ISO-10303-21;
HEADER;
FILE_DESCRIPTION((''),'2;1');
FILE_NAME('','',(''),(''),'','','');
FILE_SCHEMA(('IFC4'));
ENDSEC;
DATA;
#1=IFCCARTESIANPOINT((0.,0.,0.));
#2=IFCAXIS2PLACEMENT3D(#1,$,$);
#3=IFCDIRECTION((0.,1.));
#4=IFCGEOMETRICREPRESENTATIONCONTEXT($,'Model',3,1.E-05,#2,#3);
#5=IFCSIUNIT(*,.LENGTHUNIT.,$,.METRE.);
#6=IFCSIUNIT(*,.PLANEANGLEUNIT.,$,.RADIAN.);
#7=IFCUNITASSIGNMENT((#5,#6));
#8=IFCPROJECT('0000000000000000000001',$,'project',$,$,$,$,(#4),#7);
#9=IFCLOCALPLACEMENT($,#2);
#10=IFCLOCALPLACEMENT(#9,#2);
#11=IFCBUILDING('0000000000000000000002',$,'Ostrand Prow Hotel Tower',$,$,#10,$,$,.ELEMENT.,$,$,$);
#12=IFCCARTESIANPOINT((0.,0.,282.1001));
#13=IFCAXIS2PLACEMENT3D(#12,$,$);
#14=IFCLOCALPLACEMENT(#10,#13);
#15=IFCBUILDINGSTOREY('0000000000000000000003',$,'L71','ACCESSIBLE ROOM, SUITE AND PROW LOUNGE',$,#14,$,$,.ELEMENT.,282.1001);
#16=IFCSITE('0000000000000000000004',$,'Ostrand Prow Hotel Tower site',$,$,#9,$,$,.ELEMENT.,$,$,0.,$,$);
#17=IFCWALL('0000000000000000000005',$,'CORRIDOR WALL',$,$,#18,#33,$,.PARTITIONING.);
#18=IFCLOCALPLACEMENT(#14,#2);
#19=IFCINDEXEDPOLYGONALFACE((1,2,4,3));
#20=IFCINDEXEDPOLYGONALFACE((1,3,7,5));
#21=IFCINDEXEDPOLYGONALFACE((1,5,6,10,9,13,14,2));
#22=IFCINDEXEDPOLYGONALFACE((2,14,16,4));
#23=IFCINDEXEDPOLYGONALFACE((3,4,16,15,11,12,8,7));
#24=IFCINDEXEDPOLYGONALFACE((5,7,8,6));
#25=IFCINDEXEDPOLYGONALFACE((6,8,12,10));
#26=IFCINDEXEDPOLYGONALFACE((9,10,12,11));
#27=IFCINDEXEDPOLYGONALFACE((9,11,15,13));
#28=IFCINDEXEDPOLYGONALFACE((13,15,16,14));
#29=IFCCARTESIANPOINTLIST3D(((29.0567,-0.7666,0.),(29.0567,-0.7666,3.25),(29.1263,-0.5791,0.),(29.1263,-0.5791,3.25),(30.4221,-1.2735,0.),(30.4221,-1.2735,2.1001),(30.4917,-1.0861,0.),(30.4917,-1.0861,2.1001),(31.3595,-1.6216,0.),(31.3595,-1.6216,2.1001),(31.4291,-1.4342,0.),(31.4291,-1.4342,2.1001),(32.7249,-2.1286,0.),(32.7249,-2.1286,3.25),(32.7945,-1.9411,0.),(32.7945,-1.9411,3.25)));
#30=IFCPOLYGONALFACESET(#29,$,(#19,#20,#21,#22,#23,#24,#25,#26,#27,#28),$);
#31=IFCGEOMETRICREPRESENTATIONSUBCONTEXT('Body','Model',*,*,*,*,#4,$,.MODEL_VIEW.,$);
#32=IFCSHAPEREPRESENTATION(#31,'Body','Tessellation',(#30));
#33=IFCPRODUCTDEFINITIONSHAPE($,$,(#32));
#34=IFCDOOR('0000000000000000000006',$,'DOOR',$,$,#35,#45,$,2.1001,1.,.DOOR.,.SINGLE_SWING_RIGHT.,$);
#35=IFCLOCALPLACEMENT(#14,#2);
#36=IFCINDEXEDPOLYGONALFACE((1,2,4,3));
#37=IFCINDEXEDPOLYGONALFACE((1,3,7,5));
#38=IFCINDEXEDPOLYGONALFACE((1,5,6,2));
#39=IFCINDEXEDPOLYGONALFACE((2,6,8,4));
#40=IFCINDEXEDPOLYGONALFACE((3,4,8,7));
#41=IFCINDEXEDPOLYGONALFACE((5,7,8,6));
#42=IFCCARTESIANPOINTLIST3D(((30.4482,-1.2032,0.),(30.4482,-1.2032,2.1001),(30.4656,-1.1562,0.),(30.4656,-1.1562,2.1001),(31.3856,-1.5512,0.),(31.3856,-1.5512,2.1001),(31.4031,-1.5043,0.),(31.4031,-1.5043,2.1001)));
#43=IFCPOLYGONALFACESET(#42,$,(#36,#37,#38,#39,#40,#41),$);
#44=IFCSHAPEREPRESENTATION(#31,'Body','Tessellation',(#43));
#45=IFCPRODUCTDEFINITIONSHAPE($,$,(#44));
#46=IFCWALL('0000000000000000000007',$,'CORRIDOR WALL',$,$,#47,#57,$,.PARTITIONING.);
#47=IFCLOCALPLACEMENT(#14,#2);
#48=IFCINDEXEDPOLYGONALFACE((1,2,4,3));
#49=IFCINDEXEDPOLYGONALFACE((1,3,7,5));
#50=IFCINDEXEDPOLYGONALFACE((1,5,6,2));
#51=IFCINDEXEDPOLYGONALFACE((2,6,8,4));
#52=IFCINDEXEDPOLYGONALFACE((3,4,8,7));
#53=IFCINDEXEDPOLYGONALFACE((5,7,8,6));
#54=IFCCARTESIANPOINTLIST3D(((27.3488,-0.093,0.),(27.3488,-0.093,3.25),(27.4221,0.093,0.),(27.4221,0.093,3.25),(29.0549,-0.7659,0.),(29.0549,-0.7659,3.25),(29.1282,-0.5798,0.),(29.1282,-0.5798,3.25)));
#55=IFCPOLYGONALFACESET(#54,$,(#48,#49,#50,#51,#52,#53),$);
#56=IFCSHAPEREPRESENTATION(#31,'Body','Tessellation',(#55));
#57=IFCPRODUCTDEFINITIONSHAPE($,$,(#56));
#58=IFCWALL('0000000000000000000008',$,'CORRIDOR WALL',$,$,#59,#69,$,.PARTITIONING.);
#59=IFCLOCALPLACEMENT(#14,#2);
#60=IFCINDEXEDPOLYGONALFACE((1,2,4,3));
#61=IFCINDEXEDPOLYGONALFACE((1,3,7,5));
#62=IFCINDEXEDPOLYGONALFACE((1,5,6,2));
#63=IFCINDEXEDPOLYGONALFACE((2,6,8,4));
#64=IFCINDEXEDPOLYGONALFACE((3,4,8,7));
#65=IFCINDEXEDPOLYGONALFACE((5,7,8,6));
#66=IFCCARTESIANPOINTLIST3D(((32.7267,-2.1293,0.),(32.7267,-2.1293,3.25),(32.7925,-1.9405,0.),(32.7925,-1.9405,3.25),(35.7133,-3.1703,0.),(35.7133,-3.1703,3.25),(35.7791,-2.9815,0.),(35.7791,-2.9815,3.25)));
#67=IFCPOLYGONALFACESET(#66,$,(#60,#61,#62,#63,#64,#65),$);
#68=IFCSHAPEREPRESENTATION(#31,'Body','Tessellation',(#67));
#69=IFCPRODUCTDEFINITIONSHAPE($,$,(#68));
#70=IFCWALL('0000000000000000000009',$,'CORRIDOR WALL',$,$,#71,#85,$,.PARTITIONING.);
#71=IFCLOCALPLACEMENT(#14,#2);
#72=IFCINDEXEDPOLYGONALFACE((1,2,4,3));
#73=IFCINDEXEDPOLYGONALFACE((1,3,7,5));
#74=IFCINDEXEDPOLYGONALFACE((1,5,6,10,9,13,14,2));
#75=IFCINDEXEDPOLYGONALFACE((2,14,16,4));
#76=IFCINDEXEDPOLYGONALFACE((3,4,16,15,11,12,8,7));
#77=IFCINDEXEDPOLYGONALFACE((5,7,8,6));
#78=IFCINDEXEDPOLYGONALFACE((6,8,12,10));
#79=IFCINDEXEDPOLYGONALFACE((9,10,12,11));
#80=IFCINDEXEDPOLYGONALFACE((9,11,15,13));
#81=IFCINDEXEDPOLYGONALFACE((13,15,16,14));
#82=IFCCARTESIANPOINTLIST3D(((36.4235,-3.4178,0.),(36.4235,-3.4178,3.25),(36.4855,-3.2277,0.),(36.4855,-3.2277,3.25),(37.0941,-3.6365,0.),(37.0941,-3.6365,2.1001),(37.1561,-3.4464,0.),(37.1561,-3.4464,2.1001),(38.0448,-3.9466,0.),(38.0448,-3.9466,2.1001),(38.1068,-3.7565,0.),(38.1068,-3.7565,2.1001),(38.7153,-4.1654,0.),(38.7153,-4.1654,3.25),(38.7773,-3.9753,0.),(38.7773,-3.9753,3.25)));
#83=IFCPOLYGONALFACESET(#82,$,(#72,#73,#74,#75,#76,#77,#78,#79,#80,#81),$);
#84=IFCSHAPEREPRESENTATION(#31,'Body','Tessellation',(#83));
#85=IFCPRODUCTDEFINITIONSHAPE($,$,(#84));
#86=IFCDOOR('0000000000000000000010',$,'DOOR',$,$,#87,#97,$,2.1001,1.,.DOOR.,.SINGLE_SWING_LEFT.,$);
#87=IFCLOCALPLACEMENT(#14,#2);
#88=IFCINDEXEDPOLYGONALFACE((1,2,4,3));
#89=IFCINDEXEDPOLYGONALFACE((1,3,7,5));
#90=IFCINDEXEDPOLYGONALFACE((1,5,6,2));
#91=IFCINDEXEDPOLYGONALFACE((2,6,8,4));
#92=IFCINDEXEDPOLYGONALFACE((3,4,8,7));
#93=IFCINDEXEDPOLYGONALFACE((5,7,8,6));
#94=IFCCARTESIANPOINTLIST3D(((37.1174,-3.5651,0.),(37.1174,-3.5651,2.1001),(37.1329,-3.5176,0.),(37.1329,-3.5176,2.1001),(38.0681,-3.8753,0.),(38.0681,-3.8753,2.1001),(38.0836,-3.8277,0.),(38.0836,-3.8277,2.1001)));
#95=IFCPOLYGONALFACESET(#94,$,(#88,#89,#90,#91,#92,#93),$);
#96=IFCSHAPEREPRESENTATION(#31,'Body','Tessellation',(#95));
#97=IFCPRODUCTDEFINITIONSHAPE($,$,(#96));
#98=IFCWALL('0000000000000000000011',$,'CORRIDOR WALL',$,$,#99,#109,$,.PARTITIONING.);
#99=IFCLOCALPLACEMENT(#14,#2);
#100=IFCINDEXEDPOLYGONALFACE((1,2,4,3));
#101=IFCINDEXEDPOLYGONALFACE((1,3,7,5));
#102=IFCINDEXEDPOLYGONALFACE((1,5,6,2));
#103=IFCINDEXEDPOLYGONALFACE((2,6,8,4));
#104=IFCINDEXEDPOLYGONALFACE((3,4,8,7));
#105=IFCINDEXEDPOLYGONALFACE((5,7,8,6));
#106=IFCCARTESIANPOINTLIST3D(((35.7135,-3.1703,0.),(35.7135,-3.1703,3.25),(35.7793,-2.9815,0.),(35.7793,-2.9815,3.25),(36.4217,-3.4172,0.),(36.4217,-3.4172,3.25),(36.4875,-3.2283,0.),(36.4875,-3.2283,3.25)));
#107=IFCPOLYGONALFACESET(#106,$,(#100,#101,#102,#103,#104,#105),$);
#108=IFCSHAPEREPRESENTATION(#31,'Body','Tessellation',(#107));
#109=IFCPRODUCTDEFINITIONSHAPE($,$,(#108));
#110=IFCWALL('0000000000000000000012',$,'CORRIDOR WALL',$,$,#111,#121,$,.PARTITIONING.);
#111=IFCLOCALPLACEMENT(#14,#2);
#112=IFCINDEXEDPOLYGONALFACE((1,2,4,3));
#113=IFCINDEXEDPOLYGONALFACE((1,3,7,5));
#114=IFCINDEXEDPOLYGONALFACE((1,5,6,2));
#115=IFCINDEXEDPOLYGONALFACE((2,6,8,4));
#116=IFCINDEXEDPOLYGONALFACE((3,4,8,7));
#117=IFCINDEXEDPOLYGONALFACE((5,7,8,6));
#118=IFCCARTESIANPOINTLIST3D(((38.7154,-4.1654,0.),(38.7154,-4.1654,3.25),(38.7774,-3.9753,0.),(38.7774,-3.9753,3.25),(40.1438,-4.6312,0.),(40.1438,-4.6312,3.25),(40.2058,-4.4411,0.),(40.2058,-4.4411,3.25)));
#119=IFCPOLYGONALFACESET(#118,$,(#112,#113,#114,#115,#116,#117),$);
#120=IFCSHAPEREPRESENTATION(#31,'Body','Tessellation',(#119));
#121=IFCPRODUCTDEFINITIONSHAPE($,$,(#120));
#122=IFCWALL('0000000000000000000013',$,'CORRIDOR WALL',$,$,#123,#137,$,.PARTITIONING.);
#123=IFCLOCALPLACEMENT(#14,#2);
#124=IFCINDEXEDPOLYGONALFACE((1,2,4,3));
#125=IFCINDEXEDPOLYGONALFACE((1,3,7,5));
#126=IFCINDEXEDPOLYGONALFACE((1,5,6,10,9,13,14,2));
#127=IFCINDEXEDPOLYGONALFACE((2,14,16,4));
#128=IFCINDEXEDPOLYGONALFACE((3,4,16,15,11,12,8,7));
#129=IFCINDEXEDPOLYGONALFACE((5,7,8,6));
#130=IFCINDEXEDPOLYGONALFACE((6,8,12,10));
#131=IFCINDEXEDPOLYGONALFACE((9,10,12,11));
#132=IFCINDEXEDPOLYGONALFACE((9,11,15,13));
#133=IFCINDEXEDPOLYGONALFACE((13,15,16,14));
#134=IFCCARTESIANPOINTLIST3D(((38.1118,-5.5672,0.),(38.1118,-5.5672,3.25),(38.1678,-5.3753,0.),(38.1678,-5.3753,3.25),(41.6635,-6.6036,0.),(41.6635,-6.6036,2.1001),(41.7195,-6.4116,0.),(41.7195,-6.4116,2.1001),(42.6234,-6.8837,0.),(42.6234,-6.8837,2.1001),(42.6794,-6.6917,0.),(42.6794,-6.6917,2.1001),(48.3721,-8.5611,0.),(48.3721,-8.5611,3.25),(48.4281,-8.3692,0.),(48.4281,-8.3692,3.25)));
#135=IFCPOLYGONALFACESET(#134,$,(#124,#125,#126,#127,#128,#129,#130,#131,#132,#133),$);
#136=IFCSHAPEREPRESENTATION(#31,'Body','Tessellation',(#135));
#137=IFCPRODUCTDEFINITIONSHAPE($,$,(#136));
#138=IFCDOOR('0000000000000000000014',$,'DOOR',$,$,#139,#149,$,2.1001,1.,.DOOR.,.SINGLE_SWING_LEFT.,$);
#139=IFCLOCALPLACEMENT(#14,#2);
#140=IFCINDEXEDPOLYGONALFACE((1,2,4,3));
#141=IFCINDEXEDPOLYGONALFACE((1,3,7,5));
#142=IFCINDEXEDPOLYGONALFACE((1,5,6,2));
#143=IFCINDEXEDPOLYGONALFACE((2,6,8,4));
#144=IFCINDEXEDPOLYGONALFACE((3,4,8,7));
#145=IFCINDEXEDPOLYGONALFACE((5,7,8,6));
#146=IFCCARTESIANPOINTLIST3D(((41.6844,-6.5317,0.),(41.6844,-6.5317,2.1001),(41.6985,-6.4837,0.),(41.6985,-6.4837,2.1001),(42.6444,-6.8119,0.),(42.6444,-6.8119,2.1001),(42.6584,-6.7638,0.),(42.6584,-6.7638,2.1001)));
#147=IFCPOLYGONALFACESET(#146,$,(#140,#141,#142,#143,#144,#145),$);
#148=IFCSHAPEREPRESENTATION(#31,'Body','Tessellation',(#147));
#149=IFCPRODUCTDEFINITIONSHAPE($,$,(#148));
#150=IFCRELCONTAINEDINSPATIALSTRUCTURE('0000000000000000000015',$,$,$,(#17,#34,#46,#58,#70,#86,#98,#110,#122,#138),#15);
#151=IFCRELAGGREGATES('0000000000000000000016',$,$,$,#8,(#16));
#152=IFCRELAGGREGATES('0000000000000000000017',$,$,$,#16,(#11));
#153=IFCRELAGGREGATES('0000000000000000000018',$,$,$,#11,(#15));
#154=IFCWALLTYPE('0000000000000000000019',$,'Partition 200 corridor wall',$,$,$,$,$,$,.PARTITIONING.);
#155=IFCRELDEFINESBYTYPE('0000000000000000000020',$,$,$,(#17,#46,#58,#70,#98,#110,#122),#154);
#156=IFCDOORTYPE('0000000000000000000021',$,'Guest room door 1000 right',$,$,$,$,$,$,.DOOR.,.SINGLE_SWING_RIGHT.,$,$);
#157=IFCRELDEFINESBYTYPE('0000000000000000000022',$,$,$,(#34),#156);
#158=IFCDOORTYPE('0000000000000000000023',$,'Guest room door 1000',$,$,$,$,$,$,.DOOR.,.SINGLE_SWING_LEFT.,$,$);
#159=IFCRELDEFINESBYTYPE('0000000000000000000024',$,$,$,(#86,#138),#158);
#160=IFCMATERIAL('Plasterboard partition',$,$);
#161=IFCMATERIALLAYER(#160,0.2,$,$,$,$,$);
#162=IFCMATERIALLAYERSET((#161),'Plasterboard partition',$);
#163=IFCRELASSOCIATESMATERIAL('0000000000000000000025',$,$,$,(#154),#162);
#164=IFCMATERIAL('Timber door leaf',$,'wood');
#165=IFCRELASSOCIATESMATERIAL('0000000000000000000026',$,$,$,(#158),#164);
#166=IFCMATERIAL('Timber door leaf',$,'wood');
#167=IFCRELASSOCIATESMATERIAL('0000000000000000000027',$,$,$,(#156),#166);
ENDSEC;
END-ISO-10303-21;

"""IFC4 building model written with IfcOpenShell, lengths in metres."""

from ifc_helpers import new_model, si_unit, direction, frame, frame_2d, origin, place, context, subcontext, project, spatial, rectangle, extrude, material, layer, layer_set, type_object, element, fill, save


model = new_model("IFC4")

# Units and contexts
model_context = context("Model", 3, precision=1e-05, world=origin(), true_north=direction((0.0, 1.0)))
body_context = subcontext(model_context, "Body", "Model", "MODEL_VIEW")
ifc_project = project(units=[si_unit("LENGTHUNIT", "METRE"), si_unit("PLANEANGLEUNIT", "RADIAN")], contexts=[model_context])

# Site, building, storey
site_placement = place(None, origin())
site = spatial("IfcSite", under=ifc_project, at=site_placement, Name="Ostrand Prow Hotel Tower site", CompositionType="ELEMENT", RefElevation=0.0)
building_placement = place(site_placement, origin())
building = spatial("IfcBuilding", under=site, at=building_placement, Name="Ostrand Prow Hotel Tower", CompositionType="ELEMENT")
storey_placement = place(building_placement, frame((0.0, 0.0, 282.1001)))
storey = spatial("IfcBuildingStorey", under=building, at=storey_placement, Name="L71", Description="ACCESSIBLE ROOM, SUITE AND PROW LOUNGE", CompositionType="ELEMENT", Elevation=282.1001)

# Wall, opening, door
ifc_material_1 = material(Name="Plasterboard partition")
ifc_layer_1 = layer(ifc_material_1, 0.2)
ifc_layer_set_1 = layer_set([ifc_layer_1], Name="Plasterboard partition")
wall_type_1 = type_object("IfcWallType", Name="Partition 200 corridor wall", PredefinedType="PARTITIONING", material=ifc_layer_set_1)
ifc_material_2 = material(Name="Timber door leaf", Category="wood")
door_type_1 = type_object("IfcDoorType", Name="Guest room door 1000", OperationType="SINGLE_SWING_LEFT", PredefinedType="DOOR", material=ifc_material_2)
wall_1_placement = place(storey_placement, frame((32.7598, -2.0349, 0.0), z_axis=(0.0, 0.0, 1.0), x_axis=(-0.93746, 0.348093, 0.0)))
wall_1 = element("IfcWall", 1, at=wall_1_placement, inside=storey, type_object=wall_type_1, Name="CORRIDOR WALL", PredefinedType="PARTITIONING", context=body_context, shape_type="SweptSolid", body=[
    extrude(rectangle(XDim=3.9128, YDim=0.2, at=frame_2d((1.9565, 0.0))), origin(), (0.0, 0.0, 1.0), 3.25),
])
opening_1_placement = place(wall_1_placement, frame((1.4565, 0.0, 0.0)))
opening_1 = element("IfcOpeningElement", 2, at=opening_1_placement, cuts=wall_1, PredefinedType="OPENING", context=body_context, shape_type="SweptSolid", body=[
    extrude(rectangle(XDim=1.0, YDim=2.1001, at=frame_2d((0.5, 1.05))), frame((0.0, 0.1099, 0.0), z_axis=(0.0, -1.0, 0.0), x_axis=(1.0, 0.0, 0.0)), (0.0, 0.0, 1.0), 0.22),
])
ifc_material_3 = material(Name="Timber door leaf", Category="wood")
door_type_2 = type_object("IfcDoorType", Name="Guest room door 1000 right", OperationType="SINGLE_SWING_RIGHT", PredefinedType="DOOR", material=ifc_material_3)
door_1_placement = place(opening_1_placement, origin())
door_1 = element("IfcDoor", 3, at=door_1_placement, inside=storey, type_object=door_type_2, Name="DOOR", OperationType="SINGLE_SWING_RIGHT", OverallHeight=2.1001, OverallWidth=1.0, PredefinedType="DOOR", context=body_context, shape_type="SweptSolid", body=[
    extrude(rectangle(XDim=1.0, YDim=2.1001, at=frame_2d((0.5, 1.05))), frame((0.0, 0.0249, 0.0), z_axis=(0.0, -1.0, 0.0), x_axis=(1.0, 0.0, 0.0)), (0.0, 0.0, 1.0), 0.05),
])
fill(opening_1, door_1)

# Walls
wall_2_placement = place(storey_placement, frame((29.0916, -0.6729, 0.0), z_axis=(0.0, 0.0, 1.0), x_axis=(-0.930265, 0.366888, 0.0)))
element("IfcWall", 4, at=wall_2_placement, inside=storey, type_object=wall_type_1, Name="CORRIDOR WALL", PredefinedType="PARTITIONING", context=body_context, shape_type="SweptSolid", body=[
    extrude(rectangle(XDim=1.834, YDim=0.2, at=frame_2d((0.917, 0.0))), origin(), (0.0, 0.0, 1.0), 3.25),
])
wall_3_placement = place(storey_placement, frame((35.7463, -3.0759, 0.0), z_axis=(0.0, 0.0, 1.0), x_axis=(-0.94428, 0.329143, 0.0)))
element("IfcWall", 5, at=wall_3_placement, inside=storey, type_object=wall_type_1, Name="CORRIDOR WALL", PredefinedType="PARTITIONING", context=body_context, shape_type="SweptSolid", body=[
    extrude(rectangle(XDim=3.1628, YDim=0.2, at=frame_2d((1.5815, 0.0))), origin(), (0.0, 0.0, 1.0), 3.25),
])

# Wall, opening, door
wall_4_placement = place(storey_placement, frame((38.7463, -4.0703, 0.0), z_axis=(0.0, 0.0, 1.0), x_axis=(-0.950699, 0.310114, 0.0)))
wall_4 = element("IfcWall", 6, at=wall_4_placement, inside=storey, type_object=wall_type_1, Name="CORRIDOR WALL", PredefinedType="PARTITIONING", context=body_context, shape_type="SweptSolid", body=[
    extrude(rectangle(XDim=2.4106, YDim=0.2, at=frame_2d((1.2053, 0.0))), origin(), (0.0, 0.0, 1.0), 3.25),
])
opening_2_placement = place(wall_4_placement, frame((0.7053, 0.0, 0.0)))
opening_2 = element("IfcOpeningElement", 7, at=opening_2_placement, cuts=wall_4, PredefinedType="OPENING", context=body_context, shape_type="SweptSolid", body=[
    extrude(rectangle(XDim=1.0, YDim=2.1001, at=frame_2d((0.5, 1.05))), frame((0.0, 0.1099, 0.0), z_axis=(0.0, -1.0, 0.0), x_axis=(1.0, 0.0, 0.0)), (0.0, 0.0, 1.0), 0.22),
])
door_2_placement = place(opening_2_placement, origin())
door_2 = element("IfcDoor", 8, at=door_2_placement, inside=storey, type_object=door_type_1, Name="DOOR", OperationType="SINGLE_SWING_LEFT", OverallHeight=2.1001, OverallWidth=1.0, PredefinedType="DOOR", context=body_context, shape_type="SweptSolid", body=[
    extrude(rectangle(XDim=1.0, YDim=2.1001, at=frame_2d((0.5, 1.05))), frame((0.0, 0.0249, 0.0), z_axis=(0.0, -1.0, 0.0), x_axis=(1.0, 0.0, 0.0)), (0.0, 0.0, 1.0), 0.05),
])
fill(opening_2, door_2)

# Walls
wall_5_placement = place(storey_placement, frame((36.4546, -3.3228, 0.0), z_axis=(0.0, 0.0, 1.0), x_axis=(-0.944299, 0.329089, 0.0)))
element("IfcWall", 9, at=wall_5_placement, inside=storey, type_object=wall_type_1, Name="CORRIDOR WALL", PredefinedType="PARTITIONING", context=body_context, shape_type="SweptSolid", body=[
    extrude(rectangle(XDim=0.75, YDim=0.2, at=frame_2d((0.375, 0.0))), origin(), (0.0, 0.0, 1.0), 3.25),
])
wall_6_placement = place(storey_placement, frame((40.1748, -4.5361, 0.0), z_axis=(0.0, 0.0, 1.0), x_axis=(-0.950727, 0.31003, 0.0)))
element("IfcWall", 10, at=wall_6_placement, inside=storey, type_object=wall_type_1, Name="CORRIDOR WALL", PredefinedType="PARTITIONING", context=body_context, shape_type="SweptSolid", body=[
    extrude(rectangle(XDim=1.5024, YDim=0.2, at=frame_2d((0.7512, 0.0))), origin(), (0.0, 0.0, 1.0), 3.25),
])

# Wall, opening, door
wall_7_placement = place(storey_placement, frame((38.1396, -5.4712, 0.0), z_axis=(0.0, 0.0, 1.0), x_axis=(0.959967, -0.280114, 0.0)))
wall_7 = element("IfcWall", 11, at=wall_7_placement, inside=storey, type_object=wall_type_1, Name="CORRIDOR WALL", PredefinedType="PARTITIONING", context=body_context, shape_type="SweptSolid", body=[
    extrude(rectangle(XDim=10.6882, YDim=0.2, at=frame_2d((5.3442, 0.0))), origin(), (0.0, 0.0, 1.0), 3.25),
])
opening_3_placement = place(wall_7_placement, frame((3.7, 0.0, 0.0)))
opening_3 = element("IfcOpeningElement", 12, at=opening_3_placement, cuts=wall_7, PredefinedType="OPENING", context=body_context, shape_type="SweptSolid", body=[
    extrude(rectangle(XDim=1.0, YDim=2.1001, at=frame_2d((0.5, 1.05))), frame((0.0, 0.1099, 0.0), z_axis=(0.0, -1.0, 0.0), x_axis=(1.0, 0.0, 0.0)), (0.0, 0.0, 1.0), 0.22),
])
door_3_placement = place(opening_3_placement, origin())
door_3 = element("IfcDoor", 13, at=door_3_placement, inside=storey, type_object=door_type_1, Name="DOOR", OperationType="SINGLE_SWING_LEFT", OverallHeight=2.1001, OverallWidth=1.0, PredefinedType="DOOR", context=body_context, shape_type="SweptSolid", body=[
    extrude(rectangle(XDim=1.0, YDim=2.1001, at=frame_2d((0.5, 1.05))), frame((0.0, 0.0249, 0.0), z_axis=(0.0, -1.0, 0.0), x_axis=(1.0, 0.0, 0.0)), (0.0, 0.0, 1.0), 0.05),
])
fill(opening_3, door_3)

save(model, "model.ifc")
